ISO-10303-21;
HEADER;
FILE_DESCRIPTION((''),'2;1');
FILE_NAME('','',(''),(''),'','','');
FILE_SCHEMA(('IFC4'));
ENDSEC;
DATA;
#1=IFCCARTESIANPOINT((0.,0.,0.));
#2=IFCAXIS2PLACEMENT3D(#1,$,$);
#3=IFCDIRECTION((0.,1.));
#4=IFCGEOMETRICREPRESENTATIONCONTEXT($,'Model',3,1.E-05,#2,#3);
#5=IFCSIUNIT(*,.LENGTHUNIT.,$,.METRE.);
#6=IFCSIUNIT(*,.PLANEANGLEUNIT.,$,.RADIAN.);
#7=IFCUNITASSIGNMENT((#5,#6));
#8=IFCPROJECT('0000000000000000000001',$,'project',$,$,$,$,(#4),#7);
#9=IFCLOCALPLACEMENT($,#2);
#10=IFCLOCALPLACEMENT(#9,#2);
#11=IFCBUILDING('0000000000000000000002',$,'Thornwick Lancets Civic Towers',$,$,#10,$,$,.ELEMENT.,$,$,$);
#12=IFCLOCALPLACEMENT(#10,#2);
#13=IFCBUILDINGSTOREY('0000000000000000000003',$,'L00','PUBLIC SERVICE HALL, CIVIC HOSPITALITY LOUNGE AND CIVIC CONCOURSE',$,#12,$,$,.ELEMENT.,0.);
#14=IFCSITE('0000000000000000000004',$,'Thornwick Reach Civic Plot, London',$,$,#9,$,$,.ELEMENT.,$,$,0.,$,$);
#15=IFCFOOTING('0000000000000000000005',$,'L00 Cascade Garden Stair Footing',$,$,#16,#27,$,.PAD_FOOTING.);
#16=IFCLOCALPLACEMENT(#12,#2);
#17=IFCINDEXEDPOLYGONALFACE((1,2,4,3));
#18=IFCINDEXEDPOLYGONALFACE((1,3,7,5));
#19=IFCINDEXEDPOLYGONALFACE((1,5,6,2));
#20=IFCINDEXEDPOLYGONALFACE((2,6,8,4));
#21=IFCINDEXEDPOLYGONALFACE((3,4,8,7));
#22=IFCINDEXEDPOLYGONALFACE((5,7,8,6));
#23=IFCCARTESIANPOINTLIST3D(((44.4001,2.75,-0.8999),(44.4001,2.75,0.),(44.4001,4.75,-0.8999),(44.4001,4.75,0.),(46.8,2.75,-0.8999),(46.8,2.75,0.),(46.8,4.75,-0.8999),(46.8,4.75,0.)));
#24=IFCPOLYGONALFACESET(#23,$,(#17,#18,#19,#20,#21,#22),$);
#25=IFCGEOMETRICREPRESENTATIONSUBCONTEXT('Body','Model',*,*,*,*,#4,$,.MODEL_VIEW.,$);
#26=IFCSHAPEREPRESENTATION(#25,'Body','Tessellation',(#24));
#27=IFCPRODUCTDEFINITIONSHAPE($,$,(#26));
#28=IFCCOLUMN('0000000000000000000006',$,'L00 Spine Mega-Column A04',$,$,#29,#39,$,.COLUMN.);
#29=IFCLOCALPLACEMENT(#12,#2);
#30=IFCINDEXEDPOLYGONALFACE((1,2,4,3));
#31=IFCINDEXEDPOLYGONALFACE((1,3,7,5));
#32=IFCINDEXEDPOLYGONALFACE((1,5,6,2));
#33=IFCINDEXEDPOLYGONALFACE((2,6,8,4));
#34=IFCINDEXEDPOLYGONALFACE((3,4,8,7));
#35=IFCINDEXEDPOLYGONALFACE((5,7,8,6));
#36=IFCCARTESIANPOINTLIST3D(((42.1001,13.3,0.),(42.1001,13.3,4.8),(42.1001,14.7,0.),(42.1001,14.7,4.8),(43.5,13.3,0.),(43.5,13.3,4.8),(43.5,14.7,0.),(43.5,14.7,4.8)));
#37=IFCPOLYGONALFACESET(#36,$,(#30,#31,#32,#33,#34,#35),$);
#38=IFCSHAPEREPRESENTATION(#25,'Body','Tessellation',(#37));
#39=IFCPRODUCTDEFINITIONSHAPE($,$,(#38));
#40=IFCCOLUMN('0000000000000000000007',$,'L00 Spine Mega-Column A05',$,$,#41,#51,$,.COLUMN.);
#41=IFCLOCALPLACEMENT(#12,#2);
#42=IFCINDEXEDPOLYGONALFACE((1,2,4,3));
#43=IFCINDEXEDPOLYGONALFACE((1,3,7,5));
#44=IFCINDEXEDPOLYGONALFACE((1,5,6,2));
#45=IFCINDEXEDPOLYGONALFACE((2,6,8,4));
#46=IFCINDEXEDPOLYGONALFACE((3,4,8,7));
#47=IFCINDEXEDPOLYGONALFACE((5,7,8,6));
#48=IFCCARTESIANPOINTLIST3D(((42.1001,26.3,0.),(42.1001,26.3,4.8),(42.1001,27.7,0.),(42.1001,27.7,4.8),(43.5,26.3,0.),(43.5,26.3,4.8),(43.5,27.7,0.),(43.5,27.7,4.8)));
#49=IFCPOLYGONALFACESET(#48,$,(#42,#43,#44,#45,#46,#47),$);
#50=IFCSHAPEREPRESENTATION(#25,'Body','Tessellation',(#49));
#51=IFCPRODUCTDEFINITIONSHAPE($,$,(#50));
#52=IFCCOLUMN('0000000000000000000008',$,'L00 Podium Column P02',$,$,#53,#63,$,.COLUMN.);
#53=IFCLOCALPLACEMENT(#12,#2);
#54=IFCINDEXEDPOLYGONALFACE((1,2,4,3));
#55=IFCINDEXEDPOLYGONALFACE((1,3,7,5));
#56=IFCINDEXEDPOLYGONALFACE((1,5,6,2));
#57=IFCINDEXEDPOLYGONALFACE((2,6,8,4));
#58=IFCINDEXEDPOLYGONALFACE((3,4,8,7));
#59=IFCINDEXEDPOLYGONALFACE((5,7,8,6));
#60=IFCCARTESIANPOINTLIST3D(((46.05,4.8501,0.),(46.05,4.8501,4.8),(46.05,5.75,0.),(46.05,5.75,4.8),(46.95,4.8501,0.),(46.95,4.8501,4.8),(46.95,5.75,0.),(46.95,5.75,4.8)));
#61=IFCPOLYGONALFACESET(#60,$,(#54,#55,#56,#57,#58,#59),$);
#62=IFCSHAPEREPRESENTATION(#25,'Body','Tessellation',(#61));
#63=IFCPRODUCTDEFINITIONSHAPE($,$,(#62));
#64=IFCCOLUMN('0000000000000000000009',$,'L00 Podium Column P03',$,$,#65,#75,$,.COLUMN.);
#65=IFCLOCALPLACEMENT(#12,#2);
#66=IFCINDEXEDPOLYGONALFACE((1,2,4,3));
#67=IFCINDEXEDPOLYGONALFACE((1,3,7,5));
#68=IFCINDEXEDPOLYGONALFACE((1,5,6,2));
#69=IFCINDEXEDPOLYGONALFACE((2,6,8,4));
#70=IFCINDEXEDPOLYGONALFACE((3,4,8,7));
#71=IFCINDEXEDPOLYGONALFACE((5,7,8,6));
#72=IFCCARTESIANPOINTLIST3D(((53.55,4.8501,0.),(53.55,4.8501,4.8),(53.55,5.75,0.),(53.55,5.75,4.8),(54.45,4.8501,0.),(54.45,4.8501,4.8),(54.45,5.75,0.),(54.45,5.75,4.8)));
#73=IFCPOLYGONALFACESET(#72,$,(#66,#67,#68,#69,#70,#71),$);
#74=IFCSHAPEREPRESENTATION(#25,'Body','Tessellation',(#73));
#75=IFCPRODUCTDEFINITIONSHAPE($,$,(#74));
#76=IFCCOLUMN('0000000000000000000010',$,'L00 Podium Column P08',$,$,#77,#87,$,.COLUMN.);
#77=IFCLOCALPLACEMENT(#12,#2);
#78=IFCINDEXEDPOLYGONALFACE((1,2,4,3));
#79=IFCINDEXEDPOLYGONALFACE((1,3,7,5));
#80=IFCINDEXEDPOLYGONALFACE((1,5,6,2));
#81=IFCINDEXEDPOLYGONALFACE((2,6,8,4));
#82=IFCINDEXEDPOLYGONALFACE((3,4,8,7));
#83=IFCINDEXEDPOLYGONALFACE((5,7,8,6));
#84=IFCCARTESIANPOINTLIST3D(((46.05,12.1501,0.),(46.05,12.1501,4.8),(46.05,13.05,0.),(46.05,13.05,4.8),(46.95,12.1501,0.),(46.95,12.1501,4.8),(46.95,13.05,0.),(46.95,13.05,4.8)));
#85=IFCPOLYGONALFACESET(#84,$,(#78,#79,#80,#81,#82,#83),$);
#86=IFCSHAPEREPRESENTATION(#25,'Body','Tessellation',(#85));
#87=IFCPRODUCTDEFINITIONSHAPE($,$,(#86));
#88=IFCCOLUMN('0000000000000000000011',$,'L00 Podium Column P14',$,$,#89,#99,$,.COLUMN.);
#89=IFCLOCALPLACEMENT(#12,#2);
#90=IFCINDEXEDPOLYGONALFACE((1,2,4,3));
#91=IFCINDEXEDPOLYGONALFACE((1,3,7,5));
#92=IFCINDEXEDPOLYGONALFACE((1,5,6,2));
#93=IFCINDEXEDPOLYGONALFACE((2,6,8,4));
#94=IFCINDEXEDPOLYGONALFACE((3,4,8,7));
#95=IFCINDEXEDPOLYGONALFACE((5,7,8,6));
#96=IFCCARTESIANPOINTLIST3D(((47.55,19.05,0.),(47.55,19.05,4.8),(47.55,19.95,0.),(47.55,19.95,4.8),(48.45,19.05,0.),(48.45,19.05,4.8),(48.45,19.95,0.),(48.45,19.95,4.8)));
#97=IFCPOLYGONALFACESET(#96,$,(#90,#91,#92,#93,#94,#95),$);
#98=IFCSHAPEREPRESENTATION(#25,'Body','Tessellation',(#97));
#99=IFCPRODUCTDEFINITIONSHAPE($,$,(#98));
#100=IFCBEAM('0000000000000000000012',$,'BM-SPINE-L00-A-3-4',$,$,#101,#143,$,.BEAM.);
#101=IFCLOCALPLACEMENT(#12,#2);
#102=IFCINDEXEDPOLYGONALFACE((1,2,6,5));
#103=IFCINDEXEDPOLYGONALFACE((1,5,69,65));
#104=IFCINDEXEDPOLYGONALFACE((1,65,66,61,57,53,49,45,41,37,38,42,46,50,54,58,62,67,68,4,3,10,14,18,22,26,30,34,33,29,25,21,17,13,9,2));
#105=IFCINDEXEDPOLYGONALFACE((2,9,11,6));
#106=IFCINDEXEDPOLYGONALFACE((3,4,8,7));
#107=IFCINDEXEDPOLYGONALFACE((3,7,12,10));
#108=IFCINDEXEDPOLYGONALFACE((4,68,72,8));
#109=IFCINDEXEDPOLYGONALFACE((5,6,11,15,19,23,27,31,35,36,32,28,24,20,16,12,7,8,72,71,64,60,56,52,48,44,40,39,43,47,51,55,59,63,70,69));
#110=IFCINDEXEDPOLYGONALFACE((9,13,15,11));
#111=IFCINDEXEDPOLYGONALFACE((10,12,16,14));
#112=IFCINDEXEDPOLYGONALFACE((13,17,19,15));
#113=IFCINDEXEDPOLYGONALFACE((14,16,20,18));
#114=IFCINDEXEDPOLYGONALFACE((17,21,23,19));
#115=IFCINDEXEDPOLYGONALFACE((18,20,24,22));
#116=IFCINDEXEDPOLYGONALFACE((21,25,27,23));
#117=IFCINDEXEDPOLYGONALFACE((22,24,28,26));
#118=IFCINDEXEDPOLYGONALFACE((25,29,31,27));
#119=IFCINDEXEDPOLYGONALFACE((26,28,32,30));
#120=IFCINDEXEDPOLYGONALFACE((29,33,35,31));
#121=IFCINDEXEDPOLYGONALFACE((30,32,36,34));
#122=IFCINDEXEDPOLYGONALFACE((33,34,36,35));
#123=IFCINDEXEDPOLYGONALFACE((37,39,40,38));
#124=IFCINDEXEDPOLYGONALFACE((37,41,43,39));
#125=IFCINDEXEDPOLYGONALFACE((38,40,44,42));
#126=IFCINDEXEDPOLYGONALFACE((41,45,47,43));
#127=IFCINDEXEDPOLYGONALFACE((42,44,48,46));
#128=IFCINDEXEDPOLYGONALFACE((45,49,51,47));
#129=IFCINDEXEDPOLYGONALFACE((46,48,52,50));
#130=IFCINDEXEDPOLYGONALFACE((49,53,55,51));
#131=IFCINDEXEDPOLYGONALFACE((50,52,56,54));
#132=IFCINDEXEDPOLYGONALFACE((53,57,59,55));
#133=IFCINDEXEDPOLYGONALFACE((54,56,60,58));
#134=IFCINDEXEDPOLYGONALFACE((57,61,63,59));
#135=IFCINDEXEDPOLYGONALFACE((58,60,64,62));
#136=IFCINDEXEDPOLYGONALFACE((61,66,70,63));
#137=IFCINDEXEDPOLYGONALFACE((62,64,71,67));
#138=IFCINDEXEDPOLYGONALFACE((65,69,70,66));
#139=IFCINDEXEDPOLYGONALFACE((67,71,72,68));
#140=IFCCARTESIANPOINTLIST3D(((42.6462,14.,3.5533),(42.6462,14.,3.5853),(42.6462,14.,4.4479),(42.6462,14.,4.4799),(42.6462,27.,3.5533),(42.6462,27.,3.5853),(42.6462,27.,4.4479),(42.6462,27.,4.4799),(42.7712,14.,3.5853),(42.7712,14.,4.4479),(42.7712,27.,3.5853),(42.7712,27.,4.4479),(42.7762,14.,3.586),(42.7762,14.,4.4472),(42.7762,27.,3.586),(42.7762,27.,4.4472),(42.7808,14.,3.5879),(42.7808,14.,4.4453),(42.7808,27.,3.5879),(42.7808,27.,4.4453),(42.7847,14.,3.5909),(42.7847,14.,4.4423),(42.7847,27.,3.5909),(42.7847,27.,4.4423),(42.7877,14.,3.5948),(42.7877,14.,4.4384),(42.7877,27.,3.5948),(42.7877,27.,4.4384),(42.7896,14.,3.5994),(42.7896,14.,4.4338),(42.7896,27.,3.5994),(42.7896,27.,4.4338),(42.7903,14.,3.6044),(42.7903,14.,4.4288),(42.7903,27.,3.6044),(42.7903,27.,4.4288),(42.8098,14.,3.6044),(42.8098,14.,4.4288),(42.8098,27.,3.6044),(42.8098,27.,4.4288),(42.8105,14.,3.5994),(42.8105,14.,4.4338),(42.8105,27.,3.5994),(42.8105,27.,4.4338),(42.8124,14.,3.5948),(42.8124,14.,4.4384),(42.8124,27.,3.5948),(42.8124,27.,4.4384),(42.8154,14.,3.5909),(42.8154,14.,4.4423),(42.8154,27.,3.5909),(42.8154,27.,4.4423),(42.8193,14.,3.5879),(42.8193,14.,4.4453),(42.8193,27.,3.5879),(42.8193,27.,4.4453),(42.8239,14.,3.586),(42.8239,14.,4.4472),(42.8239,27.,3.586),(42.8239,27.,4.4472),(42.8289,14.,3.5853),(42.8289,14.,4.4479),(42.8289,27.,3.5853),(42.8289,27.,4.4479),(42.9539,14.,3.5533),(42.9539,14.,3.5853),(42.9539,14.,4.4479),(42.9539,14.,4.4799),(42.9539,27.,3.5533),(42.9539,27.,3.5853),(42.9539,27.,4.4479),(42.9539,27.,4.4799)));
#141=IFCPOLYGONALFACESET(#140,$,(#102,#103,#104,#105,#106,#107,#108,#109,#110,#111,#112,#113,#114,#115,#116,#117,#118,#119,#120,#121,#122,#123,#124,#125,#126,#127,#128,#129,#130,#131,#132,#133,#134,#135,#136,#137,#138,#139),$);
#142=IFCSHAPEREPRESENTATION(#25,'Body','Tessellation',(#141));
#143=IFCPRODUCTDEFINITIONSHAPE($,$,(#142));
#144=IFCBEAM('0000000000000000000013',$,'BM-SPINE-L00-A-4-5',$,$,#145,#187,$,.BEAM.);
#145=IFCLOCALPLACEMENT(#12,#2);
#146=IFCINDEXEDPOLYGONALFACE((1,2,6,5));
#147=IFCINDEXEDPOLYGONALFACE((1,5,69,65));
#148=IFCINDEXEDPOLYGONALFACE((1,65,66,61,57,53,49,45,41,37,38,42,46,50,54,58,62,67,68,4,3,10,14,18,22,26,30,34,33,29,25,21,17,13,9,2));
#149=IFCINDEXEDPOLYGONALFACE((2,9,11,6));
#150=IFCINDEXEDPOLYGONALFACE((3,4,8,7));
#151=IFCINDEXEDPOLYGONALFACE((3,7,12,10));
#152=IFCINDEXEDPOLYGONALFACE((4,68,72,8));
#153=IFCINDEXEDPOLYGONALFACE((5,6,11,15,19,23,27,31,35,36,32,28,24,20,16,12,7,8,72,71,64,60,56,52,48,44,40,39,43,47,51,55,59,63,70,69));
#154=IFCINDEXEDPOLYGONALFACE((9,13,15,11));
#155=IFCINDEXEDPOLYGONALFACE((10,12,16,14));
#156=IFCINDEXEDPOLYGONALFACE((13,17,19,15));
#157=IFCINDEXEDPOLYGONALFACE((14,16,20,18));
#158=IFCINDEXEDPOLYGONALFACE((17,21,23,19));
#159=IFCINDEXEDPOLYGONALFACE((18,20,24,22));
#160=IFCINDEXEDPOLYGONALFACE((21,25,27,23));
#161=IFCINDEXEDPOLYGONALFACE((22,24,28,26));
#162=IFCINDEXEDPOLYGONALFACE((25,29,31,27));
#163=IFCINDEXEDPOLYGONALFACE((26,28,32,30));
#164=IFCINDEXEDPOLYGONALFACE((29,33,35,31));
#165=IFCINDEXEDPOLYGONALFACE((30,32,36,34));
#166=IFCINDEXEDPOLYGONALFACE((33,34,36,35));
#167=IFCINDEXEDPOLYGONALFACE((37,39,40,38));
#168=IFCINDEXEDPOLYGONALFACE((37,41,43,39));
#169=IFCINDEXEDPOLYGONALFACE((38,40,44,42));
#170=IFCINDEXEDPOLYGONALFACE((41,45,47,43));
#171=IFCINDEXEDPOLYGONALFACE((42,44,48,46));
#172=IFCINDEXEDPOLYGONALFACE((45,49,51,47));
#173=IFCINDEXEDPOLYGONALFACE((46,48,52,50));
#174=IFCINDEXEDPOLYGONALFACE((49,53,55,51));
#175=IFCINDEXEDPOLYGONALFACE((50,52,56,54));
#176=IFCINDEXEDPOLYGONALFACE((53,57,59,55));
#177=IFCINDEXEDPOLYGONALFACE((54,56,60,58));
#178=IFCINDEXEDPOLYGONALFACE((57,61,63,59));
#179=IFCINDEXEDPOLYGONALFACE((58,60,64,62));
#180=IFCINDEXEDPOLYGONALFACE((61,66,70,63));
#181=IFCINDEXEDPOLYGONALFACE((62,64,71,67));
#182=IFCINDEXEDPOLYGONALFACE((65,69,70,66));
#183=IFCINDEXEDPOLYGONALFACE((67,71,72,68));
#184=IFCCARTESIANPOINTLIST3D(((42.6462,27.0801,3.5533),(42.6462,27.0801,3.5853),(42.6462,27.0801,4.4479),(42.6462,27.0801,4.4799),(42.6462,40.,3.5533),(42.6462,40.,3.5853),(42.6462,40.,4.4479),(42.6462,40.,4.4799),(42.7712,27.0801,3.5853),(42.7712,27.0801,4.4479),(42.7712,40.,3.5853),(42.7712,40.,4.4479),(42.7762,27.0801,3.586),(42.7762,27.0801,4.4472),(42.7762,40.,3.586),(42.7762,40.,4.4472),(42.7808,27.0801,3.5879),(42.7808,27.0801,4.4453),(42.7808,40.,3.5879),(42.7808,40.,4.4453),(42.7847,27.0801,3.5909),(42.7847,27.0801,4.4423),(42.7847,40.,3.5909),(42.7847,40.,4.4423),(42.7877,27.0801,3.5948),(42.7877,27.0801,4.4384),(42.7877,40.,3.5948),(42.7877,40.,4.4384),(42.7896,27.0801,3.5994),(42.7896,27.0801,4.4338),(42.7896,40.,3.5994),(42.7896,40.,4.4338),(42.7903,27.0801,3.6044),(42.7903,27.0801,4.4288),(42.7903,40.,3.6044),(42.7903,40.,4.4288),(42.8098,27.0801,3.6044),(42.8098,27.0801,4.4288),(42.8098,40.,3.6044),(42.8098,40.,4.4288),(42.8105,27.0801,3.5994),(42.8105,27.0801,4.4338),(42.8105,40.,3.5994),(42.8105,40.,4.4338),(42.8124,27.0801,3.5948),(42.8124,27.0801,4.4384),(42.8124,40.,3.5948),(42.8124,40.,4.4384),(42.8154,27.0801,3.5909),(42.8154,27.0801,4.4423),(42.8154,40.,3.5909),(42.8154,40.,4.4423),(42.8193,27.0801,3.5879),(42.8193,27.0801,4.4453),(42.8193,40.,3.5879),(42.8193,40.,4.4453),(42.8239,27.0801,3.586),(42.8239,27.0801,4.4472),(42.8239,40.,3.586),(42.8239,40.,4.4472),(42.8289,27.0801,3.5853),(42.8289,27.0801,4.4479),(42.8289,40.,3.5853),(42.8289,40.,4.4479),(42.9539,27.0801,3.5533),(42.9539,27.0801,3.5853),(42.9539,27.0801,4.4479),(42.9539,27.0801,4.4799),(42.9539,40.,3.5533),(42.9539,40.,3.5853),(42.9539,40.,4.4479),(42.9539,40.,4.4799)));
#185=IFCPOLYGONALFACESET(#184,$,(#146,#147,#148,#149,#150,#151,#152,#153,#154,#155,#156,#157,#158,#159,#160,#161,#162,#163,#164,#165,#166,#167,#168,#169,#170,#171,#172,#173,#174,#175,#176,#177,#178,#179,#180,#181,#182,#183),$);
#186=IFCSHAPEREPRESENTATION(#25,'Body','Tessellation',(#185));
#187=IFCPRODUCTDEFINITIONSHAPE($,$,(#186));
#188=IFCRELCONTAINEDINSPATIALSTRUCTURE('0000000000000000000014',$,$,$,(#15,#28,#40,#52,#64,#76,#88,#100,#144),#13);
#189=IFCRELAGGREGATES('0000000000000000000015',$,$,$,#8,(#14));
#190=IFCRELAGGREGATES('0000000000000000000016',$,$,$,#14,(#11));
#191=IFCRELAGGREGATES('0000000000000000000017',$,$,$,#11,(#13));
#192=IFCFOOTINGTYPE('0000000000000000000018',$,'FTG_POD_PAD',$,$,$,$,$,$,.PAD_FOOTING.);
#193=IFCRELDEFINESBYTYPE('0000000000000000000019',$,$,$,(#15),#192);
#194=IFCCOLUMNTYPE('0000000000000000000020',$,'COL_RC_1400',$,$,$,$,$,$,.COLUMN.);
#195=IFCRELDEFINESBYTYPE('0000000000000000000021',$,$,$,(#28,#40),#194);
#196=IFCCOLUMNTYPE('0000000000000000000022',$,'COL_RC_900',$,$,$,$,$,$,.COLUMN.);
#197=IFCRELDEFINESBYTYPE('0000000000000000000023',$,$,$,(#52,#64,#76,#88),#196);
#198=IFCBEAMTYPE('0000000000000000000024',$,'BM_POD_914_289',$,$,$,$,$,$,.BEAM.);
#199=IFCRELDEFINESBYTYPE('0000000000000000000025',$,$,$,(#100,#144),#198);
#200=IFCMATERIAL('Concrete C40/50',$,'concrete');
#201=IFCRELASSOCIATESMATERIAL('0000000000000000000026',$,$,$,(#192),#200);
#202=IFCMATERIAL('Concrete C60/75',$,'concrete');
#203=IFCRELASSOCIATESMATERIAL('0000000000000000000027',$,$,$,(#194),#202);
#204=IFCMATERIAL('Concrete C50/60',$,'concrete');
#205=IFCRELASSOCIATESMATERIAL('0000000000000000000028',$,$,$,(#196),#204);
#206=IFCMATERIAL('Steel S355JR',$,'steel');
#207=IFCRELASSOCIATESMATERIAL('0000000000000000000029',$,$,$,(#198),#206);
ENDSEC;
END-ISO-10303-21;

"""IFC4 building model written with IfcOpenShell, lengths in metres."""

from ifc_helpers import new_model, si_unit, direction, frame, origin, origin_2d, place, context, subcontext, project, spatial, rectangle, i_section, extrude, material, material_profile, profile_set, type_object, element, save


model = new_model("IFC4")

# Units and contexts
model_context = context("Model", 3, precision=1e-05, world=origin(), true_north=direction((0.0, 1.0)))
body_context = subcontext(model_context, "Body", "Model", "MODEL_VIEW")
ifc_project = project(units=[si_unit("LENGTHUNIT", "METRE"), si_unit("PLANEANGLEUNIT", "RADIAN")], contexts=[model_context])

# Site, building, storey
site_placement = place(None, origin())
site = spatial("IfcSite", under=ifc_project, at=site_placement, Name="Thornwick Reach Civic Plot, London", CompositionType="ELEMENT", RefElevation=0.0)
building_placement = place(site_placement, origin())
building = spatial("IfcBuilding", under=site, at=building_placement, Name="Thornwick Lancets Civic Towers", CompositionType="ELEMENT")
storey_placement = place(building_placement, origin())
storey = spatial("IfcBuildingStorey", under=building, at=storey_placement, Name="L00", Description="PUBLIC SERVICE HALL, CIVIC HOSPITALITY LOUNGE AND CIVIC CONCOURSE", CompositionType="ELEMENT", Elevation=0.0)

# Footing
ifc_material_1 = material(Name="Concrete C40/50", Category="concrete")
footing_type = type_object("IfcFootingType", Name="FTG_POD_PAD", PredefinedType="PAD_FOOTING", material=ifc_material_1)
footing_placement = place(storey_placement, frame((45.6001, 3.75, -0.8999), z_axis=(0.0, 0.0, 1.0), x_axis=(1.0, 0.0, 0.0)))
element("IfcFooting", 1, at=footing_placement, inside=storey, type_object=footing_type, Name="L00 Cascade Garden Stair Footing", PredefinedType="PAD_FOOTING", context=body_context, shape_type="SweptSolid", body=[
    extrude(rectangle(XDim=2.3999, YDim=2.0, at=origin_2d()), origin(), (0.0, 0.0, 1.0), 0.8999),
])

# Columns
ifc_material_2 = material(Name="Concrete C60/75", Category="concrete")
ifc_material_profile_1 = material_profile(ifc_material_2, rectangle(XDim=1.3999, YDim=1.3999, at=origin_2d()), Name="RC 1400x1400")
ifc_profile_set_1 = profile_set([ifc_material_profile_1], Name="Concrete C60/75")
column_type_1 = type_object("IfcColumnType", Name="COL_RC_1400", PredefinedType="COLUMN", material=ifc_profile_set_1)
for number, where, z_axis, x_axis, name in (
    (2, (42.8, 14.0, 0.0), (0.0, 0.0, 1.0), (1.0, 0.0, 0.0), "L00 Spine Mega-Column A04"),
    (3, (42.8, 27.0, 0.0), (0.0, 0.0, 1.0), (1.0, 0.0, 0.0), "L00 Spine Mega-Column A05"),
):
    element("IfcColumn", number, at=place(storey_placement, frame(where, z_axis=z_axis, x_axis=x_axis)), inside=storey, type_object=column_type_1, Name=name, PredefinedType="COLUMN", context=body_context, shape_type="SweptSolid", body=[
        extrude(rectangle(XDim=1.3999, YDim=1.3999, at=origin_2d()), origin(), (0.0, 0.0, 1.0), 4.8),
    ])
ifc_material_3 = material(Name="Concrete C50/60", Category="concrete")
ifc_material_profile_2 = material_profile(ifc_material_3, rectangle(XDim=0.8999, YDim=0.8999, at=origin_2d()), Name="RC 900x900")
ifc_profile_set_2 = profile_set([ifc_material_profile_2], Name="Concrete C50/60")
column_type_2 = type_object("IfcColumnType", Name="COL_RC_900", PredefinedType="COLUMN", material=ifc_profile_set_2)
for number, where, z_axis, x_axis, name in (
    (4, (46.5, 5.3, 0.0), (0.0, 0.0, 1.0), (1.0, 0.0, 0.0), "L00 Podium Column P02"),
    (5, (54.0, 5.3, 0.0), (0.0, 0.0, 1.0), (1.0, 0.0, 0.0), "L00 Podium Column P03"),
    (6, (46.5, 12.6001, 0.0), (0.0, 0.0, 1.0), (1.0, 0.0, 0.0), "L00 Podium Column P08"),
    (7, (48.0, 19.5, 0.0), (0.0, 0.0, 1.0), (1.0, 0.0, 0.0), "L00 Podium Column P14"),
):
    element("IfcColumn", number, at=place(storey_placement, frame(where, z_axis=z_axis, x_axis=x_axis)), inside=storey, type_object=column_type_2, Name=name, PredefinedType="COLUMN", context=body_context, shape_type="SweptSolid", body=[
        extrude(rectangle(XDim=0.8999, YDim=0.8999, at=origin_2d()), origin(), (0.0, 0.0, 1.0), 4.8),
    ])

# Beams
ifc_material_4 = material(Name="Steel S355JR", Category="steel")
ifc_material_profile_3 = material_profile(ifc_material_4, i_section(OverallWidth=0.3076, OverallDepth=0.9265, WebThickness=0.0195, FlangeThickness=0.032, FilletRadius=0.019, at=origin_2d()), Name="UKB 914x305x289")
ifc_profile_set_3 = profile_set([ifc_material_profile_3], Name="Steel S355JR")
beam_type = type_object("IfcBeamType", Name="BM_POD_914_289", PredefinedType="BEAM", material=ifc_profile_set_3)
beam_1_placement = place(storey_placement, frame((42.8, 14.0, 4.0166), z_axis=(0.0, 1.0, 0.0), x_axis=(-1.0, 0.0, 0.0)))
element("IfcBeam", 8, at=beam_1_placement, inside=storey, type_object=beam_type, Name="BM-SPINE-L00-A-3-4", PredefinedType="BEAM", context=body_context, shape_type="SweptSolid", body=[
    extrude(i_section(OverallWidth=0.3076, OverallDepth=0.9265, WebThickness=0.0195, FlangeThickness=0.032, FilletRadius=0.019, at=origin_2d()), origin(), (0.0, 0.0, 1.0), 13.0),
])
beam_2_placement = place(storey_placement, frame((42.8, 27.0801, 4.0166), z_axis=(0.0, 1.0, 0.0), x_axis=(-1.0, 0.0, 0.0)))
element("IfcBeam", 9, at=beam_2_placement, inside=storey, type_object=beam_type, Name="BM-SPINE-L00-A-4-5", PredefinedType="BEAM", context=body_context, shape_type="SweptSolid", body=[
    extrude(i_section(OverallWidth=0.3076, OverallDepth=0.9265, WebThickness=0.0195, FlangeThickness=0.032, FilletRadius=0.019, at=origin_2d()), origin(), (0.0, 0.0, 1.0), 12.9199),
])

save(model, "model.ifc")
